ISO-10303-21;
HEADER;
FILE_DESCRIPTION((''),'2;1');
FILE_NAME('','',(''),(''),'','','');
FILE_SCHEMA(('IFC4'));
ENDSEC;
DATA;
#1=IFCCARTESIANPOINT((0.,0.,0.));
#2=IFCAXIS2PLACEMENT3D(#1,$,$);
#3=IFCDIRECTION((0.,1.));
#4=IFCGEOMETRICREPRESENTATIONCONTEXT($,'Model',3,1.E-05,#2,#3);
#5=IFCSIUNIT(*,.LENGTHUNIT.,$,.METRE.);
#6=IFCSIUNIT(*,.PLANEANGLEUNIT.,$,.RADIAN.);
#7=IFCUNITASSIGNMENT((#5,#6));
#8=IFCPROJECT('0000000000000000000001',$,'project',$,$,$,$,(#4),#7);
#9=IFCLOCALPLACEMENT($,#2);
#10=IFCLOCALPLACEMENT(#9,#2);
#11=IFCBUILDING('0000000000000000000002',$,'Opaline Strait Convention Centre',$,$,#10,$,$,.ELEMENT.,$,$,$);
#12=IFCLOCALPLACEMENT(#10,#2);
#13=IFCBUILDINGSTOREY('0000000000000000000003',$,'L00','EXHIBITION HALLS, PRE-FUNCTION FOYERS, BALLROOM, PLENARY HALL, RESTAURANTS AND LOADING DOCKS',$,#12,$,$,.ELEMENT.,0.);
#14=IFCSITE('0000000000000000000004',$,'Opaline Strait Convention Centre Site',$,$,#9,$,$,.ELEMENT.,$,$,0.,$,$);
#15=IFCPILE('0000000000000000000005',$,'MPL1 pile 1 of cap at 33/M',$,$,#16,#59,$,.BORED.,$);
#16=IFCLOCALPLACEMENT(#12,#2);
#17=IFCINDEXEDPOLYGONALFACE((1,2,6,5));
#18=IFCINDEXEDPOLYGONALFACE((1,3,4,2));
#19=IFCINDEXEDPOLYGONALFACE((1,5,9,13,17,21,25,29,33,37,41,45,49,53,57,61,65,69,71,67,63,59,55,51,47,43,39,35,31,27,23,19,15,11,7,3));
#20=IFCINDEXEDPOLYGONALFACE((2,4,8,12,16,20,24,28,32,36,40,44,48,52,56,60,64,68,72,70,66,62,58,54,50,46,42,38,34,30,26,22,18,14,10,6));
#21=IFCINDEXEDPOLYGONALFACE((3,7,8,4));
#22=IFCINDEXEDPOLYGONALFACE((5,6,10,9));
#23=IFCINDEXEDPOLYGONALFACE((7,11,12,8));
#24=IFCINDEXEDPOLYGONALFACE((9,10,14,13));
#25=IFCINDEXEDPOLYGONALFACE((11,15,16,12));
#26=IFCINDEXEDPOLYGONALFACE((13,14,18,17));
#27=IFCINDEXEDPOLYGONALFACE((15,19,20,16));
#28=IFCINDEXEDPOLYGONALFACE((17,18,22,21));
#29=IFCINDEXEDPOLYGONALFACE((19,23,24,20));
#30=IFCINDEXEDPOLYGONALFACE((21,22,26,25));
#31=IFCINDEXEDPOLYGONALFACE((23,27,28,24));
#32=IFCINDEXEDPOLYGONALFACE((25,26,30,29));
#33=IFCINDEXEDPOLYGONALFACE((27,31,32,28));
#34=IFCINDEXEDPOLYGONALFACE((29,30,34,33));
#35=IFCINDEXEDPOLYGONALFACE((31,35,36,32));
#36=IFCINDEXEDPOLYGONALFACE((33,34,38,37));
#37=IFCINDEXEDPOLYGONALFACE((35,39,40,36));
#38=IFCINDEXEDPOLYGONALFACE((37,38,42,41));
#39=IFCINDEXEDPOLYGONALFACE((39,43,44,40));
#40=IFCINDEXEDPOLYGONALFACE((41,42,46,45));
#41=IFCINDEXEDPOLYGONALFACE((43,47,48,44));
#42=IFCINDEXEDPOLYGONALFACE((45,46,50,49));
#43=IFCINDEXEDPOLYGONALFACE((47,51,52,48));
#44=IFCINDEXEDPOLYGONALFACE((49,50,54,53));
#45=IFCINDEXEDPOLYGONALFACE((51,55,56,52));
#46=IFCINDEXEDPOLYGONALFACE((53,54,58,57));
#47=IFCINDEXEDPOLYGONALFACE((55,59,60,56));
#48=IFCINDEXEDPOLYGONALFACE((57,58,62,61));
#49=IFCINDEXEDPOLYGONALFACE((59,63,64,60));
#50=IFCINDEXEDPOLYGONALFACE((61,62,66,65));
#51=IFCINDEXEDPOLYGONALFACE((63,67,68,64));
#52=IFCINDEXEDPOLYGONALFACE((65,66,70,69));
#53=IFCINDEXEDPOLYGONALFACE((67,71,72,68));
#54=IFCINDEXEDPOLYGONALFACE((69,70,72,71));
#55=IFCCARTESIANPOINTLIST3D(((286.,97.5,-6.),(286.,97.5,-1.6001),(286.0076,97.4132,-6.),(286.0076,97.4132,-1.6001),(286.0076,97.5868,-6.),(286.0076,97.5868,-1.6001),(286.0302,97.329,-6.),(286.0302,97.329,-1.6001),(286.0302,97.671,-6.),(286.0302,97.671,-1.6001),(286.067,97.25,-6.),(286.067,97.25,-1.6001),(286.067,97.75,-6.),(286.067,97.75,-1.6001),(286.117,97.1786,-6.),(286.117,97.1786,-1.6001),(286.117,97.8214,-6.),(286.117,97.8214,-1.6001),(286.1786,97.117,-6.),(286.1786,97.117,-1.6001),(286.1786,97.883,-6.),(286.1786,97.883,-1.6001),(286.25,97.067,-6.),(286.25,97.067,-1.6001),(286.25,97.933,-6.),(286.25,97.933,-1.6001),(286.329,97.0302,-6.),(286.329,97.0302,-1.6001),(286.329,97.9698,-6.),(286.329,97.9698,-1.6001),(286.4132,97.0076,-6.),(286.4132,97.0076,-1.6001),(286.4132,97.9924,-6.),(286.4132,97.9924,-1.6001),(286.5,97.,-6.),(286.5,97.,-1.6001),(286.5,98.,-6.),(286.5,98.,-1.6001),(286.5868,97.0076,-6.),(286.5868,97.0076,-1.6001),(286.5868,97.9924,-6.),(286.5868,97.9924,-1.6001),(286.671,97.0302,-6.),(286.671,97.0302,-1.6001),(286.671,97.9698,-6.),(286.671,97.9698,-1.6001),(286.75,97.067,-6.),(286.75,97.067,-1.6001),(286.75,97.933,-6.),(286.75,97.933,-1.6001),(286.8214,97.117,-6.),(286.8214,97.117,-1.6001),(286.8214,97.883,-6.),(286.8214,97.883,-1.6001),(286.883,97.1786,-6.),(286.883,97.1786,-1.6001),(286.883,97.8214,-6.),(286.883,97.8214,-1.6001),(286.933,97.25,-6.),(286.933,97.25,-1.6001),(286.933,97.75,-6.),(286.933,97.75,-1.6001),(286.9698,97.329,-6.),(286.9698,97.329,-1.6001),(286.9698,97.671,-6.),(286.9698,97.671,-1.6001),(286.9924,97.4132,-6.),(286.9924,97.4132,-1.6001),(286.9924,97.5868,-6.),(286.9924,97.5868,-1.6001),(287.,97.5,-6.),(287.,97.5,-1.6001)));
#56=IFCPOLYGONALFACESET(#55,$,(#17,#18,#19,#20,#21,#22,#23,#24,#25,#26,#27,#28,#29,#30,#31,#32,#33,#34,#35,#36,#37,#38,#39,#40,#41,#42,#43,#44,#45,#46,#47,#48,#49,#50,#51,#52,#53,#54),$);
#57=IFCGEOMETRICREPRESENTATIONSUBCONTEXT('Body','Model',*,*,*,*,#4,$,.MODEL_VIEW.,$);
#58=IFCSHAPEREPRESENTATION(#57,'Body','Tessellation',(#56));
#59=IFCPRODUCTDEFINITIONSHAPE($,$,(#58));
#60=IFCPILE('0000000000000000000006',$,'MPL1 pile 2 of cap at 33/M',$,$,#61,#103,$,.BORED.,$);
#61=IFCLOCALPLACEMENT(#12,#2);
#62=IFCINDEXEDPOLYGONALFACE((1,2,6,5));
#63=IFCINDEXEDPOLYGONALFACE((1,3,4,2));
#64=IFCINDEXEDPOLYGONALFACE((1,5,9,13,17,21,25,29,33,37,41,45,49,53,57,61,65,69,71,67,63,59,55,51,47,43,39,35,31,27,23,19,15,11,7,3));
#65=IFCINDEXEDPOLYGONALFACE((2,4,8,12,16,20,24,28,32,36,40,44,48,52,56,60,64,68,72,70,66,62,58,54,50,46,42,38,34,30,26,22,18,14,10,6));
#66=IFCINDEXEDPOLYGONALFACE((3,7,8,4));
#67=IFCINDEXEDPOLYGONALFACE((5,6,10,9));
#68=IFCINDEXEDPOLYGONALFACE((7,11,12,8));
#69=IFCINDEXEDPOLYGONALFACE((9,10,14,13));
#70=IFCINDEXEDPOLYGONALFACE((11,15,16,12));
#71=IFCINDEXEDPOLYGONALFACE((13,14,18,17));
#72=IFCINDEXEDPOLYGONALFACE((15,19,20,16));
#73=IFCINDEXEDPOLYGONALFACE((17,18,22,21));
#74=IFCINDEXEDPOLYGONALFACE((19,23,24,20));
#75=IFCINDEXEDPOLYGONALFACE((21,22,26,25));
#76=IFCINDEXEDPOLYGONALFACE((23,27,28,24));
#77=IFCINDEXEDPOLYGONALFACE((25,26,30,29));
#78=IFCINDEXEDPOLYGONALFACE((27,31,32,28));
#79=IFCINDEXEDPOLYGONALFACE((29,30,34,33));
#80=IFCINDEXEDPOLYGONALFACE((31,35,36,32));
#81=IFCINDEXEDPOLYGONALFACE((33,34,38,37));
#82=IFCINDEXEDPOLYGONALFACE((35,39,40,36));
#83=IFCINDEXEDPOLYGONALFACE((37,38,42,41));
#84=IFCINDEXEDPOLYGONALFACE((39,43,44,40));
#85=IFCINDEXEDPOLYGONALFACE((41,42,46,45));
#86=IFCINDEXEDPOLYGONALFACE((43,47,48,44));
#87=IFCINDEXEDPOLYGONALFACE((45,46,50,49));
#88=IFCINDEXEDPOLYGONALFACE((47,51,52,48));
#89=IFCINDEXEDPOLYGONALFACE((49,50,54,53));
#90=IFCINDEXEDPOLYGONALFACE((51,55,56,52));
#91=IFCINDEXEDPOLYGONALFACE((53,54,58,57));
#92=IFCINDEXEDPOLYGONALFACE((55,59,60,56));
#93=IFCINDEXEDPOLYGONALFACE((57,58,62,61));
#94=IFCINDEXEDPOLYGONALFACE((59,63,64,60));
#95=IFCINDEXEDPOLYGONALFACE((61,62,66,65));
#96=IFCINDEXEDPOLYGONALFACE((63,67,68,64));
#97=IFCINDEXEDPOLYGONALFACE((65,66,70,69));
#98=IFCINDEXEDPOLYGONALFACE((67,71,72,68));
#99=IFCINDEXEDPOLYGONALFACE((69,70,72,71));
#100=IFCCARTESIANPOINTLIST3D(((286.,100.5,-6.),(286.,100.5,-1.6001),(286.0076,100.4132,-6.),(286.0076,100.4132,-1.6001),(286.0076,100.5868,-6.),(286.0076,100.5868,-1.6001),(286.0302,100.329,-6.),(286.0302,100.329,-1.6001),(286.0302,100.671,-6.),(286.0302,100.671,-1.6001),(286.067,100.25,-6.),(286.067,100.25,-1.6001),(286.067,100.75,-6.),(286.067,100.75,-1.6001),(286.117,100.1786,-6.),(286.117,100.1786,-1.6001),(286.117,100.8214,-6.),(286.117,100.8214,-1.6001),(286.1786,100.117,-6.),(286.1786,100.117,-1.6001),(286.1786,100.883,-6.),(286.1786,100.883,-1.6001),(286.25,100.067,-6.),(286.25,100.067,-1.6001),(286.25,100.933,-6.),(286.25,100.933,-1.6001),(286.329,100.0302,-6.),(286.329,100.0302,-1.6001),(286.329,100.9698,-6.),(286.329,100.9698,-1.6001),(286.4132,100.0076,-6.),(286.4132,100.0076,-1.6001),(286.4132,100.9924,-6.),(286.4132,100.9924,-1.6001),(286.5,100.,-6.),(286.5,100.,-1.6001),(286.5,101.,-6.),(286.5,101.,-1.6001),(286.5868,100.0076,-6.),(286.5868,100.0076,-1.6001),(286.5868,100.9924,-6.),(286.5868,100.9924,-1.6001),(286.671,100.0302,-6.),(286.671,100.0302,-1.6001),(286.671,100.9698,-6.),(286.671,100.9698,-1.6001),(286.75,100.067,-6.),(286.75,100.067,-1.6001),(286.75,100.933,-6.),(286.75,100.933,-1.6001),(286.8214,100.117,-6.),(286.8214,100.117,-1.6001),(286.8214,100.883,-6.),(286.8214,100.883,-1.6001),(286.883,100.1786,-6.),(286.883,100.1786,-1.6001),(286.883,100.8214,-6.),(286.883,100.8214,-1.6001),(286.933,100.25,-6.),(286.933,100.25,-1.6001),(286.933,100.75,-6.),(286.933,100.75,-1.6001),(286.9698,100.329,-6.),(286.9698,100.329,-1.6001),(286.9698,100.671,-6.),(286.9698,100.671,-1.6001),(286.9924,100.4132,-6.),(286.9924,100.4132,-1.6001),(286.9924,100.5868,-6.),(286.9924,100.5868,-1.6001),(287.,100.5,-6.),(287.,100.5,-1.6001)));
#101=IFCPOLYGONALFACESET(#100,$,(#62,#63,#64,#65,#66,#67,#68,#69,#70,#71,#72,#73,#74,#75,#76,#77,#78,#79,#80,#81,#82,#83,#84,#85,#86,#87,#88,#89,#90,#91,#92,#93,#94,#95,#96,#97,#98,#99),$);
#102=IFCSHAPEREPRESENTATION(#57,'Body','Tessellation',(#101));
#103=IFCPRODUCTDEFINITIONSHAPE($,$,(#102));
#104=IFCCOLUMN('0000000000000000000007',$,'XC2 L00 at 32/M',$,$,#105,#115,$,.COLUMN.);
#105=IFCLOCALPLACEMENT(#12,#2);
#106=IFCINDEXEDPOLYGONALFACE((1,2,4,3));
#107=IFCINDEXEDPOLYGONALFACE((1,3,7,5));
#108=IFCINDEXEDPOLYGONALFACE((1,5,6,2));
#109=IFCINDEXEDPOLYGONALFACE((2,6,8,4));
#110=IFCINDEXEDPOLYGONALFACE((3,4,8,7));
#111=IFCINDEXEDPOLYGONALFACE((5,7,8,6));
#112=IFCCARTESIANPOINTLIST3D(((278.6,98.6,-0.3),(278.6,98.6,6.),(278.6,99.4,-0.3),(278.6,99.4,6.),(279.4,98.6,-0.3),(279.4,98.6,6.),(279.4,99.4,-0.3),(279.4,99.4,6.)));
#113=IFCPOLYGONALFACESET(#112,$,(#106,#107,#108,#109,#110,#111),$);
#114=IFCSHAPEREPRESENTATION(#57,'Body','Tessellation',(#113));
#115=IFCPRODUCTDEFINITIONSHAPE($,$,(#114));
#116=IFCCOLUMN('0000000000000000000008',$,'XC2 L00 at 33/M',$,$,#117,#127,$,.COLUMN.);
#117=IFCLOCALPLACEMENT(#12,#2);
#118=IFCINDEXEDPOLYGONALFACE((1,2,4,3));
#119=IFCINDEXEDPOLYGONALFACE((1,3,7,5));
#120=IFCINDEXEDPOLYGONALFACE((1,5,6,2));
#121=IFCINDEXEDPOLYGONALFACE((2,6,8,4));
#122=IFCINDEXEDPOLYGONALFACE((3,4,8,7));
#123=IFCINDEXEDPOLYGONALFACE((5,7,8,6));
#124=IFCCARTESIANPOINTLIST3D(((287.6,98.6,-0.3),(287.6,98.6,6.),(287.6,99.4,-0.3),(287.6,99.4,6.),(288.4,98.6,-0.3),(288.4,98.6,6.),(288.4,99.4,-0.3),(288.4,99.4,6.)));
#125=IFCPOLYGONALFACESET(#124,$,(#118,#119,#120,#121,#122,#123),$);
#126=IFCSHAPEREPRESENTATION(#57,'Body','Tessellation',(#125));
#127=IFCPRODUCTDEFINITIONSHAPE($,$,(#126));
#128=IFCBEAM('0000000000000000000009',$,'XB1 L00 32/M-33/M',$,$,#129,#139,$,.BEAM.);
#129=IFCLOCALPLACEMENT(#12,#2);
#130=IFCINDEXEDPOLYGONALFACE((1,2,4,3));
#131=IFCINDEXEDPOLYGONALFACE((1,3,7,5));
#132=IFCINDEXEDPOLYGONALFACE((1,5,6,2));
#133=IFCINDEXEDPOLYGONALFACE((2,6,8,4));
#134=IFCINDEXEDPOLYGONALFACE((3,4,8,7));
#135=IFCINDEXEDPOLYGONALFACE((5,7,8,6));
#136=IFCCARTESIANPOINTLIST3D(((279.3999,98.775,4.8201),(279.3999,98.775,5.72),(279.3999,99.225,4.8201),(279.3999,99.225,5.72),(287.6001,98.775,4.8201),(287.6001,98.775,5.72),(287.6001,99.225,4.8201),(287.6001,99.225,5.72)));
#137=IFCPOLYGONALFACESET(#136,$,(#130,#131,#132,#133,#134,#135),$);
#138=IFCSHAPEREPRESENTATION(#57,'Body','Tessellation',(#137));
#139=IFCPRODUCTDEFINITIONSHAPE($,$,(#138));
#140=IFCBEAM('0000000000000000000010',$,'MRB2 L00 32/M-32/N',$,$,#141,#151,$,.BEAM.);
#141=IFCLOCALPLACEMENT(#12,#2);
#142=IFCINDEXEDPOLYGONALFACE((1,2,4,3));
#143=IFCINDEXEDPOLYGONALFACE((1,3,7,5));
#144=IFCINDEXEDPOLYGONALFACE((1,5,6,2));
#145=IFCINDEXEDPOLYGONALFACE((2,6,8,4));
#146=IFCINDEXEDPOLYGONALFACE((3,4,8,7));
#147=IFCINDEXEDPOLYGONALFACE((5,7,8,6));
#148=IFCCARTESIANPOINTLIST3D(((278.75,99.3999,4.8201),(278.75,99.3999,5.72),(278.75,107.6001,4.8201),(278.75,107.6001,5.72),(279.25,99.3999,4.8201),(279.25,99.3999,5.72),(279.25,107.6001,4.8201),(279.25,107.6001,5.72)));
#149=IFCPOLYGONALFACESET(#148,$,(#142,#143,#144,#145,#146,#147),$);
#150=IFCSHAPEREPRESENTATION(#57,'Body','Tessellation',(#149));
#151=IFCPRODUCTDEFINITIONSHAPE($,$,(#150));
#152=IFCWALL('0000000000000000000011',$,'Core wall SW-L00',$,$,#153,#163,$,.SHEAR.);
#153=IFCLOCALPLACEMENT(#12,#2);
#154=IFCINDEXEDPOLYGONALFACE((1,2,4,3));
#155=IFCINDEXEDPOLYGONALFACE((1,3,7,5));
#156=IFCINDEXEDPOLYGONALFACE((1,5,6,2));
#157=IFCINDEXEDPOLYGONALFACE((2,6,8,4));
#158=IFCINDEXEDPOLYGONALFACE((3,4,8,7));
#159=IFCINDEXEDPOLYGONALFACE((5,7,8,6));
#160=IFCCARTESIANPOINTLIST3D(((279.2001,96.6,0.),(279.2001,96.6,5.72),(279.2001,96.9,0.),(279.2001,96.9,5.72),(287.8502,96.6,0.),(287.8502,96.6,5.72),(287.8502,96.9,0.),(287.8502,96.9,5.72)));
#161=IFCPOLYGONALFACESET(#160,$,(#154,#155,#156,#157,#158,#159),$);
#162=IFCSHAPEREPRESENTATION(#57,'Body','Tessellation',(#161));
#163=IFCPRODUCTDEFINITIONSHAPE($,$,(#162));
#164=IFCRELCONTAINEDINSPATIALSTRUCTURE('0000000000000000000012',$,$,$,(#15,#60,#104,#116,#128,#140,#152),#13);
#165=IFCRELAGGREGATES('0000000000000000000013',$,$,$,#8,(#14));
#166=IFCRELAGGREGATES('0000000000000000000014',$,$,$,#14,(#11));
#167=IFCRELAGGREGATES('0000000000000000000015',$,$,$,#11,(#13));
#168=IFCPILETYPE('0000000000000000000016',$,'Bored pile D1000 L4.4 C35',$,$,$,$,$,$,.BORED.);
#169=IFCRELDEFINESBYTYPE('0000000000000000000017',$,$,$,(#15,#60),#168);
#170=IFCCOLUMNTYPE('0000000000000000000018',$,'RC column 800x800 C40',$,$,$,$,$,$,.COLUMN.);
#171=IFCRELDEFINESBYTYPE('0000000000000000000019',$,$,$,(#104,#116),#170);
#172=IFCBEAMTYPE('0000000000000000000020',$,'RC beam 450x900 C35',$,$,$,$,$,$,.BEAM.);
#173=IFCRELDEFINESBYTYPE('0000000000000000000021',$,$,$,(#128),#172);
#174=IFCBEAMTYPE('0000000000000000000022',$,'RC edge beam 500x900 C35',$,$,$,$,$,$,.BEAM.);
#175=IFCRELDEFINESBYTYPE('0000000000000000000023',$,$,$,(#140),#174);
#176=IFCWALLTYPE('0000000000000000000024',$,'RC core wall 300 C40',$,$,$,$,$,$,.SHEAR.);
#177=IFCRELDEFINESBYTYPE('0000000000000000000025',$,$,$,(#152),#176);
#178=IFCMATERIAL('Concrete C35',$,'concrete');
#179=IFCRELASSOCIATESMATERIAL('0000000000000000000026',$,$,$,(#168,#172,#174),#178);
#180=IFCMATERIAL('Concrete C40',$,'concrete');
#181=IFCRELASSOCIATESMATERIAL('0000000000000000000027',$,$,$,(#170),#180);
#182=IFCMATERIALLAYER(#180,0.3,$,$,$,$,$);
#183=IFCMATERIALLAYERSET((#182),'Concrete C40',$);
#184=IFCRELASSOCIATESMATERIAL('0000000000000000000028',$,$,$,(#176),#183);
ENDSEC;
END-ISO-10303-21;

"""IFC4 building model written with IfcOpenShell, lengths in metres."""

from ifc_helpers import new_model, si_unit, direction, frame, frame_2d, origin, origin_2d, place, context, subcontext, project, spatial, rectangle, circle, extrude, material, layer, layer_set, material_profile, profile_set, type_object, element, save


model = new_model("IFC4")

# Units and contexts
model_context = context("Model", 3, precision=1e-05, world=origin(), true_north=direction((0.0, 1.0)))
body_context = subcontext(model_context, "Body", "Model", "MODEL_VIEW")
ifc_project = project(units=[si_unit("LENGTHUNIT", "METRE"), si_unit("PLANEANGLEUNIT", "RADIAN")], contexts=[model_context])

# Site, building, storey
site_placement = place(None, origin())
site = spatial("IfcSite", under=ifc_project, at=site_placement, Name="Opaline Strait Convention Centre Site", CompositionType="ELEMENT", RefElevation=0.0)
building_placement = place(site_placement, origin())
building = spatial("IfcBuilding", under=site, at=building_placement, Name="Opaline Strait Convention Centre", CompositionType="ELEMENT")
storey_placement = place(building_placement, origin())
storey = spatial("IfcBuildingStorey", under=building, at=storey_placement, Name="L00", Description="EXHIBITION HALLS, PRE-FUNCTION FOYERS, BALLROOM, PLENARY HALL, RESTAURANTS AND LOADING DOCKS", CompositionType="ELEMENT", Elevation=0.0)

# Piles
ifc_material_1 = material(Name="Concrete C35", Category="concrete")
ifc_material_profile_1 = material_profile(ifc_material_1, circle(Radius=0.5, at=origin_2d()), Name="D1000")
ifc_profile_set_1 = profile_set([ifc_material_profile_1], Name="Concrete C35")
pile_type = type_object("IfcPileType", Name="Bored pile D1000 L4.4 C35", PredefinedType="BORED", material=ifc_profile_set_1)
for number, where, z_axis, x_axis, name in (
    (1, (286.5, 97.5, -1.6001), (0.0, 0.0, -1.0), (1.0, 0.0, 0.0), "MPL1 pile 1 of cap at 33/M"),
    (2, (286.5, 100.5, -1.6001), (0.0, 0.0, -1.0), (1.0, 0.0, 0.0), "MPL1 pile 2 of cap at 33/M"),
):
    element("IfcPile", number, at=place(storey_placement, frame(where, z_axis=z_axis, x_axis=x_axis)), inside=storey, type_object=pile_type, Name=name, PredefinedType="BORED", context=body_context, shape_type="SweptSolid", body=[
        extrude(circle(Radius=0.5, at=origin_2d()), origin(), (0.0, 0.0, 1.0), 4.3999),
    ])

# Columns
ifc_material_2 = material(Name="Concrete C40", Category="concrete")
ifc_material_profile_2 = material_profile(ifc_material_2, rectangle(XDim=0.8, YDim=0.8, at=origin_2d()), Name="RC 800x800")
ifc_profile_set_2 = profile_set([ifc_material_profile_2], Name="Concrete C40")
column_type = type_object("IfcColumnType", Name="RC column 800x800 C40", PredefinedType="COLUMN", material=ifc_profile_set_2)
for number, where, z_axis, x_axis, name in (
    (3, (279.0, 99.0, -0.3), (0.0, 0.0, 1.0), (1.0, 0.0, 0.0), "XC2 L00 at 32/M"),
    (4, (288.0, 99.0, -0.3), (0.0, 0.0, 1.0), (1.0, 0.0, 0.0), "XC2 L00 at 33/M"),
):
    element("IfcColumn", number, at=place(storey_placement, frame(where, z_axis=z_axis, x_axis=x_axis)), inside=storey, type_object=column_type, Name=name, PredefinedType="COLUMN", context=body_context, shape_type="SweptSolid", body=[
        extrude(rectangle(XDim=0.8, YDim=0.8, at=origin_2d()), origin(), (0.0, 0.0, 1.0), 6.3),
    ])

# Beams
ifc_material_profile_3 = material_profile(ifc_material_1, rectangle(XDim=0.45, YDim=0.8999, at=origin_2d()), Name="RC 450x900")
ifc_profile_set_3 = profile_set([ifc_material_profile_3], Name="Concrete C35")
beam_type_1 = type_object("IfcBeamType", Name="RC beam 450x900 C35", PredefinedType="BEAM", material=ifc_profile_set_3)
beam_1_placement = place(storey_placement, frame((279.3999, 99.0, 5.27), z_axis=(1.0, 0.0, 0.0), x_axis=(0.0, 1.0, 0.0)))
element("IfcBeam", 5, at=beam_1_placement, inside=storey, type_object=beam_type_1, Name="XB1 L00 32/M-33/M", PredefinedType="BEAM", context=body_context, shape_type="SweptSolid", body=[
    extrude(rectangle(XDim=0.45, YDim=0.8999, at=origin_2d()), origin(), (0.0, 0.0, 1.0), 8.2002),
])
ifc_material_profile_4 = material_profile(ifc_material_1, rectangle(XDim=0.5, YDim=0.8999, at=origin_2d()), Name="RC 500x900")
ifc_profile_set_4 = profile_set([ifc_material_profile_4], Name="Concrete C35")
beam_type_2 = type_object("IfcBeamType", Name="RC edge beam 500x900 C35", PredefinedType="BEAM", material=ifc_profile_set_4)
beam_2_placement = place(storey_placement, frame((279.0, 99.3999, 5.27), z_axis=(0.0, 1.0, 0.0), x_axis=(-1.0, 0.0, 0.0)))
element("IfcBeam", 6, at=beam_2_placement, inside=storey, type_object=beam_type_2, Name="MRB2 L00 32/M-32/N", PredefinedType="BEAM", context=body_context, shape_type="SweptSolid", body=[
    extrude(rectangle(XDim=0.5, YDim=0.8999, at=origin_2d()), origin(), (0.0, 0.0, 1.0), 8.2002),
])

# Wall
ifc_layer_1 = layer(ifc_material_2, 0.3)
ifc_layer_set_1 = layer_set([ifc_layer_1], Name="Concrete C40")
wall_type_1 = type_object("IfcWallType", Name="RC core wall 300 C40", PredefinedType="SHEAR", material=ifc_layer_set_1)
wall_1_placement = place(storey_placement, frame((279.2, 96.75, 0.0), z_axis=(0.0, 0.0, 1.0), x_axis=(1.0, 0.0, 0.0)))
element("IfcWall", 7, at=wall_1_placement, inside=storey, type_object=wall_type_1, Name="Core wall SW-L00", PredefinedType="SHEAR", context=body_context, shape_type="SweptSolid", body=[
    extrude(rectangle(XDim=8.6501, YDim=0.3, at=frame_2d((4.3252, 0.0))), origin(), (0.0, 0.0, 1.0), 5.72),
])

save(model, "model.ifc")
